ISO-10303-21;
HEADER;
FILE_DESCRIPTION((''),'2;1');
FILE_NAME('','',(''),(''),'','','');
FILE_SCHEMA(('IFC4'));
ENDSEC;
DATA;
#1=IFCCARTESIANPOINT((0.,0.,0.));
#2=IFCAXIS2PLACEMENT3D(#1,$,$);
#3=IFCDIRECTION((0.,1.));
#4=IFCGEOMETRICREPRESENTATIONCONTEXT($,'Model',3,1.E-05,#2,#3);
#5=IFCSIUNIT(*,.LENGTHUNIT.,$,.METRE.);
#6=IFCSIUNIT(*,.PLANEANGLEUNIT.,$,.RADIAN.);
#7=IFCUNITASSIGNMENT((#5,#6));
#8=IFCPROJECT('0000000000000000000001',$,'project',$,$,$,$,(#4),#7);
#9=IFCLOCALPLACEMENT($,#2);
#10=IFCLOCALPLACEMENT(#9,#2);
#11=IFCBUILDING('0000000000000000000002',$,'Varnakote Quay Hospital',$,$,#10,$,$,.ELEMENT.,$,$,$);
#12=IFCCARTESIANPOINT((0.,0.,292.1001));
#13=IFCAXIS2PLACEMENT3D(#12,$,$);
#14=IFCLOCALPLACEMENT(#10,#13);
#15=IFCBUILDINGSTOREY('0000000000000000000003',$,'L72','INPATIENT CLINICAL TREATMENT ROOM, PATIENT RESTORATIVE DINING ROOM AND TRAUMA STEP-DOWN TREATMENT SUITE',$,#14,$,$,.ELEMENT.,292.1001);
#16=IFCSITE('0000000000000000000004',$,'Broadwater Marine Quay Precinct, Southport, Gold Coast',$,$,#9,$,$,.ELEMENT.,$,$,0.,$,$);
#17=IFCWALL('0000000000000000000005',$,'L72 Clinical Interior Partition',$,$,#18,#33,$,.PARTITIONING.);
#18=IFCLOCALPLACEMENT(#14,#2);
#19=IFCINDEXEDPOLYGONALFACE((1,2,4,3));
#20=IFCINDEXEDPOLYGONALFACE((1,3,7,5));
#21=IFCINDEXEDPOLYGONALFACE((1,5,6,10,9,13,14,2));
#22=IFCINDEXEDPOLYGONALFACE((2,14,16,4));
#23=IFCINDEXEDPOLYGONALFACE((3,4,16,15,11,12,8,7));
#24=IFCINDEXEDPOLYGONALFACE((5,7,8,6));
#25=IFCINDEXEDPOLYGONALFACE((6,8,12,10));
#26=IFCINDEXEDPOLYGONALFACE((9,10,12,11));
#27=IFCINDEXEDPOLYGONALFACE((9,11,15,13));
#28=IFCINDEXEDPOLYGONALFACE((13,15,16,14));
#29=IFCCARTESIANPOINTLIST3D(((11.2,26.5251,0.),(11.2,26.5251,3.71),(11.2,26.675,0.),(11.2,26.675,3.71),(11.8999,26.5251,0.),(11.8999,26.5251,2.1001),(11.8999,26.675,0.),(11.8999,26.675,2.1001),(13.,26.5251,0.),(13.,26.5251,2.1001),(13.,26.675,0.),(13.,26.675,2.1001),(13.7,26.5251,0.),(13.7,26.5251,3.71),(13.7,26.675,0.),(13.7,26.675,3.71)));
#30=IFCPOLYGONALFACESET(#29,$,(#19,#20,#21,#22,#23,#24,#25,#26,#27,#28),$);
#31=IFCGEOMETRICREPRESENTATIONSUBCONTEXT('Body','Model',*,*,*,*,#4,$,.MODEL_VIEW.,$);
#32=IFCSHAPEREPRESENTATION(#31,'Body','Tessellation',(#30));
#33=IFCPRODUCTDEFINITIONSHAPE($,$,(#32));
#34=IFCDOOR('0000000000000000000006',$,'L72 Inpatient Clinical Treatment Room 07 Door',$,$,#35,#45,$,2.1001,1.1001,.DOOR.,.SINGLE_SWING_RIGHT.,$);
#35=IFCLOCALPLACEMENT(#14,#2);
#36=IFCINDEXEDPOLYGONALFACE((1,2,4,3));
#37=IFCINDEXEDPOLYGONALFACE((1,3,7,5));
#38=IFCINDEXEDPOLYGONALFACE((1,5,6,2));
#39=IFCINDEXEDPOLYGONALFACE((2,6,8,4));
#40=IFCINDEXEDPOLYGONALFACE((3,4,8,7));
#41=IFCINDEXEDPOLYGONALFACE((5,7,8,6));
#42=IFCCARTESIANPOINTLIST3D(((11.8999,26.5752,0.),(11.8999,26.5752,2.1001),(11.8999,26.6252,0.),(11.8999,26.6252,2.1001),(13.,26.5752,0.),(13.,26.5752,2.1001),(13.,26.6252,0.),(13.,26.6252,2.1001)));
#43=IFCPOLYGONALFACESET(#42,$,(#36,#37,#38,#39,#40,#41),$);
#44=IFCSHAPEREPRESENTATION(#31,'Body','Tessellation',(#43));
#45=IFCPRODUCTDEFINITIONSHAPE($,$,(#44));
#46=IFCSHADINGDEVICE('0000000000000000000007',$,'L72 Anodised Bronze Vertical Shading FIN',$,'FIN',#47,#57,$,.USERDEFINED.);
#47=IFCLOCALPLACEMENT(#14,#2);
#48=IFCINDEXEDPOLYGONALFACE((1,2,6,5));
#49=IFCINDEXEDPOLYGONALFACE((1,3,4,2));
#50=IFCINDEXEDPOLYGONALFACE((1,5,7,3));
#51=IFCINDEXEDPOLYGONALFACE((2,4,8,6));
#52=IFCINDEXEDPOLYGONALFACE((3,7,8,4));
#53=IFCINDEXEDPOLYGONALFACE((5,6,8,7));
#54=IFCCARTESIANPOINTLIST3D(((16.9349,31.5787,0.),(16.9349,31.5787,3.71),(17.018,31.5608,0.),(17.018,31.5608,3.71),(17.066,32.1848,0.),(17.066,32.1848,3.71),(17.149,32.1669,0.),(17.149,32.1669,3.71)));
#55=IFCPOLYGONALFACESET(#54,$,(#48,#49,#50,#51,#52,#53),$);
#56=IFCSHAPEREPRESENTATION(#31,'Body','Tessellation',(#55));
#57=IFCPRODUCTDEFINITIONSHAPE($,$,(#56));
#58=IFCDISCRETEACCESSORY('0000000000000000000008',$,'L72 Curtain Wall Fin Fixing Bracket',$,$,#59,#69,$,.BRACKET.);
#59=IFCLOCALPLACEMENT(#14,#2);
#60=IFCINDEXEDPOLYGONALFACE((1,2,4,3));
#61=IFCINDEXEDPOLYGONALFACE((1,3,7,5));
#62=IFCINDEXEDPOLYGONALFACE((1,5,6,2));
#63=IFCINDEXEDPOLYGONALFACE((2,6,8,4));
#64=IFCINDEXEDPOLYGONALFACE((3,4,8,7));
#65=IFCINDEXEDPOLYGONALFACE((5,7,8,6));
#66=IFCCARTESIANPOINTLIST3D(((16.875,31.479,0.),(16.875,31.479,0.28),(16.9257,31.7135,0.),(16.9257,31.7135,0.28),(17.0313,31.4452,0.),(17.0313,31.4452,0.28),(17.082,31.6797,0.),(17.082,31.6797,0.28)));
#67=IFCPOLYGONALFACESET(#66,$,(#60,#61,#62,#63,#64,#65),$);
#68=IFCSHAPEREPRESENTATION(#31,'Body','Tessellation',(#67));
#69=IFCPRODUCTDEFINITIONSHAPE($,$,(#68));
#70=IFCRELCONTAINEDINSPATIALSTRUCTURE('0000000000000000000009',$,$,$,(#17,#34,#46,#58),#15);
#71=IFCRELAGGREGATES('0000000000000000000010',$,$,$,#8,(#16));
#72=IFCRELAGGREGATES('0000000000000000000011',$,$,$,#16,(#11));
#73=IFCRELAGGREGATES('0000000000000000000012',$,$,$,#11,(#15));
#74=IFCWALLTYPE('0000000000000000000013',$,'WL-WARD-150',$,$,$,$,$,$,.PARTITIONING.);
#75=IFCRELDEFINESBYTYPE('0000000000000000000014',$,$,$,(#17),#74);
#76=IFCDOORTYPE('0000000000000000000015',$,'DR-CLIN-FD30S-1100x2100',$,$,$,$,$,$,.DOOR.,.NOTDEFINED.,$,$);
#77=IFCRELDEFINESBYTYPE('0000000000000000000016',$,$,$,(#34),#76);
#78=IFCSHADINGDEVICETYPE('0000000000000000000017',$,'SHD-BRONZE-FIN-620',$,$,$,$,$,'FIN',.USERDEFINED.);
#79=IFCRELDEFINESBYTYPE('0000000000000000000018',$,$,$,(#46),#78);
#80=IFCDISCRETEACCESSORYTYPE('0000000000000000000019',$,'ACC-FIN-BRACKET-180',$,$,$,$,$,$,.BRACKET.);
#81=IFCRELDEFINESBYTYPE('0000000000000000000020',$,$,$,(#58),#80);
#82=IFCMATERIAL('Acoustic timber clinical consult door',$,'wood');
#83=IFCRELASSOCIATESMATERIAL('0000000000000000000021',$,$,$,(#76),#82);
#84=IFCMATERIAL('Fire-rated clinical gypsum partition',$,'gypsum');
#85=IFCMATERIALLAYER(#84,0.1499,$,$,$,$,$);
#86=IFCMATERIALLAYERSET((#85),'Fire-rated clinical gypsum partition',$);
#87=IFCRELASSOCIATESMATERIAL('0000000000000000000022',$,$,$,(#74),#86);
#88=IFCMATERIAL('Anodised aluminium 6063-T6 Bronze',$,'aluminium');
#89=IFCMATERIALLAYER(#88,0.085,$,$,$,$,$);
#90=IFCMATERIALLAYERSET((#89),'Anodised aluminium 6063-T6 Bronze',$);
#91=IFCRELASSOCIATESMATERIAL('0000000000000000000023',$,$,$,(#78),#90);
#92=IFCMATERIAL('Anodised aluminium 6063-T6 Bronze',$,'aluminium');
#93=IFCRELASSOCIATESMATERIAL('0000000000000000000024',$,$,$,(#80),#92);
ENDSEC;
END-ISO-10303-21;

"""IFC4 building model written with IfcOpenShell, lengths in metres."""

from ifc_helpers import new_model, si_unit, direction, frame, frame_2d, origin, origin_2d, place, context, subcontext, project, spatial, rectangle, extrude, material, layer, layer_set, type_object, element, fill, save


model = new_model("IFC4")

# Units and contexts
model_context = context("Model", 3, precision=1e-05, world=origin(), true_north=direction((0.0, 1.0)))
body_context = subcontext(model_context, "Body", "Model", "MODEL_VIEW")
ifc_project = project(units=[si_unit("LENGTHUNIT", "METRE"), si_unit("PLANEANGLEUNIT", "RADIAN")], contexts=[model_context])

# Site, building, storey
site_placement = place(None, origin())
site = spatial("IfcSite", under=ifc_project, at=site_placement, Name="Broadwater Marine Quay Precinct, Southport, Gold Coast", CompositionType="ELEMENT", RefElevation=0.0)
building_placement = place(site_placement, origin())
building = spatial("IfcBuilding", under=site, at=building_placement, Name="Varnakote Quay Hospital", CompositionType="ELEMENT")
storey_placement = place(building_placement, frame((0.0, 0.0, 292.1001)))
storey = spatial("IfcBuildingStorey", under=building, at=storey_placement, Name="L72", Description="INPATIENT CLINICAL TREATMENT ROOM, PATIENT RESTORATIVE DINING ROOM AND TRAUMA STEP-DOWN TREATMENT SUITE", CompositionType="ELEMENT", Elevation=292.1001)

# Shared definitions
ifc_material_1 = material(Name="Acoustic timber clinical consult door", Category="wood")
door_type_1 = type_object("IfcDoorType", Name="DR-CLIN-FD30S-1100x2100", OperationType="NOTDEFINED", PredefinedType="DOOR", material=ifc_material_1)

# Shared definitions
ifc_material_2 = material(Name="Fire-rated clinical gypsum partition", Category="gypsum")
ifc_layer_1 = layer(ifc_material_2, 0.1499)
ifc_layer_set_1 = layer_set([ifc_layer_1], Name="Fire-rated clinical gypsum partition")
wall_type_1 = type_object("IfcWallType", Name="WL-WARD-150", PredefinedType="PARTITIONING", material=ifc_layer_set_1)

# Wall, opening, door
wall_1_placement = place(storey_placement, frame((13.7, 26.6001, 0.0), z_axis=(0.0, 0.0, 1.0), x_axis=(-1.0, 0.0, 0.0)))
wall_1 = element("IfcWall", 1, at=wall_1_placement, inside=storey, type_object=wall_type_1, Name="L72 Clinical Interior Partition", PredefinedType="PARTITIONING", context=body_context, shape_type="SweptSolid", body=[
    extrude(rectangle(XDim=2.5, YDim=0.1499, at=frame_2d((1.25, 0.0))), origin(), (0.0, 0.0, 1.0), 3.71),
])
opening_1_placement = place(wall_1_placement, frame((0.7, 0.0, 0.0)))
opening_1 = element("IfcOpeningElement", 2, at=opening_1_placement, cuts=wall_1, PredefinedType="OPENING", context=body_context, shape_type="SweptSolid", body=[
    extrude(rectangle(XDim=1.1001, YDim=2.1001, at=frame_2d((0.55, 1.05))), frame((0.0, 0.085, 0.0), z_axis=(0.0, -1.0, 0.0), x_axis=(1.0, 0.0, 0.0)), (0.0, 0.0, 1.0), 0.1699),
])
door_1_placement = place(opening_1_placement, origin())
door_1 = element("IfcDoor", 3, at=door_1_placement, inside=storey, type_object=door_type_1, Name="L72 Inpatient Clinical Treatment Room 07 Door", OperationType="SINGLE_SWING_RIGHT", OverallHeight=2.1001, OverallWidth=1.1001, PredefinedType="DOOR", context=body_context, shape_type="SweptSolid", body=[
    extrude(rectangle(XDim=1.1001, YDim=2.1001, at=frame_2d((0.55, 1.05))), frame((0.0, 0.0249, 0.0), z_axis=(0.0, -1.0, 0.0), x_axis=(1.0, 0.0, 0.0)), (0.0, 0.0, 1.0), 0.05),
])
fill(opening_1, door_1)

# Shading device
ifc_material_3 = material(Name="Anodised aluminium 6063-T6 Bronze", Category="aluminium")
ifc_layer_2 = layer(ifc_material_3, 0.085)
ifc_layer_set_2 = layer_set([ifc_layer_2], Name="Anodised aluminium 6063-T6 Bronze")
shading_device_type = type_object("IfcShadingDeviceType", Name="SHD-BRONZE-FIN-620", ElementType="FIN", PredefinedType="USERDEFINED", material=ifc_layer_set_2)
shading_device_placement = place(storey_placement, frame((17.042, 31.8728, 0.0), z_axis=(0.0, 0.0, 1.0), x_axis=(-0.211325, -0.977416, 0.0)))
element("IfcShadingDevice", 4, at=shading_device_placement, inside=storey, type_object=shading_device_type, Name="L72 Anodised Bronze Vertical Shading FIN", ObjectType="FIN", PredefinedType="USERDEFINED", context=body_context, shape_type="SweptSolid", body=[
    extrude(rectangle(XDim=0.6201, YDim=0.085, at=origin_2d()), origin(), (0.0, 0.0, 1.0), 3.71),
])

# Discrete accessory
ifc_material_4 = material(Name="Anodised aluminium 6063-T6 Bronze", Category="aluminium")
discrete_accessory_type = type_object("IfcDiscreteAccessoryType", Name="ACC-FIN-BRACKET-180", PredefinedType="BRACKET", material=ifc_material_4)
discrete_accessory_placement = place(storey_placement, frame((16.9785, 31.5793, 0.0), z_axis=(0.0, 0.0, 1.0), x_axis=(-0.977416, 0.211325, 0.0)))
element("IfcDiscreteAccessory", 5, at=discrete_accessory_placement, inside=storey, type_object=discrete_accessory_type, Name="L72 Curtain Wall Fin Fixing Bracket", PredefinedType="BRACKET", context=body_context, shape_type="SweptSolid", body=[
    extrude(rectangle(XDim=0.1599, YDim=0.24, at=origin_2d()), origin(), (0.0, 0.0, 1.0), 0.28),
])

save(model, "model.ifc")
